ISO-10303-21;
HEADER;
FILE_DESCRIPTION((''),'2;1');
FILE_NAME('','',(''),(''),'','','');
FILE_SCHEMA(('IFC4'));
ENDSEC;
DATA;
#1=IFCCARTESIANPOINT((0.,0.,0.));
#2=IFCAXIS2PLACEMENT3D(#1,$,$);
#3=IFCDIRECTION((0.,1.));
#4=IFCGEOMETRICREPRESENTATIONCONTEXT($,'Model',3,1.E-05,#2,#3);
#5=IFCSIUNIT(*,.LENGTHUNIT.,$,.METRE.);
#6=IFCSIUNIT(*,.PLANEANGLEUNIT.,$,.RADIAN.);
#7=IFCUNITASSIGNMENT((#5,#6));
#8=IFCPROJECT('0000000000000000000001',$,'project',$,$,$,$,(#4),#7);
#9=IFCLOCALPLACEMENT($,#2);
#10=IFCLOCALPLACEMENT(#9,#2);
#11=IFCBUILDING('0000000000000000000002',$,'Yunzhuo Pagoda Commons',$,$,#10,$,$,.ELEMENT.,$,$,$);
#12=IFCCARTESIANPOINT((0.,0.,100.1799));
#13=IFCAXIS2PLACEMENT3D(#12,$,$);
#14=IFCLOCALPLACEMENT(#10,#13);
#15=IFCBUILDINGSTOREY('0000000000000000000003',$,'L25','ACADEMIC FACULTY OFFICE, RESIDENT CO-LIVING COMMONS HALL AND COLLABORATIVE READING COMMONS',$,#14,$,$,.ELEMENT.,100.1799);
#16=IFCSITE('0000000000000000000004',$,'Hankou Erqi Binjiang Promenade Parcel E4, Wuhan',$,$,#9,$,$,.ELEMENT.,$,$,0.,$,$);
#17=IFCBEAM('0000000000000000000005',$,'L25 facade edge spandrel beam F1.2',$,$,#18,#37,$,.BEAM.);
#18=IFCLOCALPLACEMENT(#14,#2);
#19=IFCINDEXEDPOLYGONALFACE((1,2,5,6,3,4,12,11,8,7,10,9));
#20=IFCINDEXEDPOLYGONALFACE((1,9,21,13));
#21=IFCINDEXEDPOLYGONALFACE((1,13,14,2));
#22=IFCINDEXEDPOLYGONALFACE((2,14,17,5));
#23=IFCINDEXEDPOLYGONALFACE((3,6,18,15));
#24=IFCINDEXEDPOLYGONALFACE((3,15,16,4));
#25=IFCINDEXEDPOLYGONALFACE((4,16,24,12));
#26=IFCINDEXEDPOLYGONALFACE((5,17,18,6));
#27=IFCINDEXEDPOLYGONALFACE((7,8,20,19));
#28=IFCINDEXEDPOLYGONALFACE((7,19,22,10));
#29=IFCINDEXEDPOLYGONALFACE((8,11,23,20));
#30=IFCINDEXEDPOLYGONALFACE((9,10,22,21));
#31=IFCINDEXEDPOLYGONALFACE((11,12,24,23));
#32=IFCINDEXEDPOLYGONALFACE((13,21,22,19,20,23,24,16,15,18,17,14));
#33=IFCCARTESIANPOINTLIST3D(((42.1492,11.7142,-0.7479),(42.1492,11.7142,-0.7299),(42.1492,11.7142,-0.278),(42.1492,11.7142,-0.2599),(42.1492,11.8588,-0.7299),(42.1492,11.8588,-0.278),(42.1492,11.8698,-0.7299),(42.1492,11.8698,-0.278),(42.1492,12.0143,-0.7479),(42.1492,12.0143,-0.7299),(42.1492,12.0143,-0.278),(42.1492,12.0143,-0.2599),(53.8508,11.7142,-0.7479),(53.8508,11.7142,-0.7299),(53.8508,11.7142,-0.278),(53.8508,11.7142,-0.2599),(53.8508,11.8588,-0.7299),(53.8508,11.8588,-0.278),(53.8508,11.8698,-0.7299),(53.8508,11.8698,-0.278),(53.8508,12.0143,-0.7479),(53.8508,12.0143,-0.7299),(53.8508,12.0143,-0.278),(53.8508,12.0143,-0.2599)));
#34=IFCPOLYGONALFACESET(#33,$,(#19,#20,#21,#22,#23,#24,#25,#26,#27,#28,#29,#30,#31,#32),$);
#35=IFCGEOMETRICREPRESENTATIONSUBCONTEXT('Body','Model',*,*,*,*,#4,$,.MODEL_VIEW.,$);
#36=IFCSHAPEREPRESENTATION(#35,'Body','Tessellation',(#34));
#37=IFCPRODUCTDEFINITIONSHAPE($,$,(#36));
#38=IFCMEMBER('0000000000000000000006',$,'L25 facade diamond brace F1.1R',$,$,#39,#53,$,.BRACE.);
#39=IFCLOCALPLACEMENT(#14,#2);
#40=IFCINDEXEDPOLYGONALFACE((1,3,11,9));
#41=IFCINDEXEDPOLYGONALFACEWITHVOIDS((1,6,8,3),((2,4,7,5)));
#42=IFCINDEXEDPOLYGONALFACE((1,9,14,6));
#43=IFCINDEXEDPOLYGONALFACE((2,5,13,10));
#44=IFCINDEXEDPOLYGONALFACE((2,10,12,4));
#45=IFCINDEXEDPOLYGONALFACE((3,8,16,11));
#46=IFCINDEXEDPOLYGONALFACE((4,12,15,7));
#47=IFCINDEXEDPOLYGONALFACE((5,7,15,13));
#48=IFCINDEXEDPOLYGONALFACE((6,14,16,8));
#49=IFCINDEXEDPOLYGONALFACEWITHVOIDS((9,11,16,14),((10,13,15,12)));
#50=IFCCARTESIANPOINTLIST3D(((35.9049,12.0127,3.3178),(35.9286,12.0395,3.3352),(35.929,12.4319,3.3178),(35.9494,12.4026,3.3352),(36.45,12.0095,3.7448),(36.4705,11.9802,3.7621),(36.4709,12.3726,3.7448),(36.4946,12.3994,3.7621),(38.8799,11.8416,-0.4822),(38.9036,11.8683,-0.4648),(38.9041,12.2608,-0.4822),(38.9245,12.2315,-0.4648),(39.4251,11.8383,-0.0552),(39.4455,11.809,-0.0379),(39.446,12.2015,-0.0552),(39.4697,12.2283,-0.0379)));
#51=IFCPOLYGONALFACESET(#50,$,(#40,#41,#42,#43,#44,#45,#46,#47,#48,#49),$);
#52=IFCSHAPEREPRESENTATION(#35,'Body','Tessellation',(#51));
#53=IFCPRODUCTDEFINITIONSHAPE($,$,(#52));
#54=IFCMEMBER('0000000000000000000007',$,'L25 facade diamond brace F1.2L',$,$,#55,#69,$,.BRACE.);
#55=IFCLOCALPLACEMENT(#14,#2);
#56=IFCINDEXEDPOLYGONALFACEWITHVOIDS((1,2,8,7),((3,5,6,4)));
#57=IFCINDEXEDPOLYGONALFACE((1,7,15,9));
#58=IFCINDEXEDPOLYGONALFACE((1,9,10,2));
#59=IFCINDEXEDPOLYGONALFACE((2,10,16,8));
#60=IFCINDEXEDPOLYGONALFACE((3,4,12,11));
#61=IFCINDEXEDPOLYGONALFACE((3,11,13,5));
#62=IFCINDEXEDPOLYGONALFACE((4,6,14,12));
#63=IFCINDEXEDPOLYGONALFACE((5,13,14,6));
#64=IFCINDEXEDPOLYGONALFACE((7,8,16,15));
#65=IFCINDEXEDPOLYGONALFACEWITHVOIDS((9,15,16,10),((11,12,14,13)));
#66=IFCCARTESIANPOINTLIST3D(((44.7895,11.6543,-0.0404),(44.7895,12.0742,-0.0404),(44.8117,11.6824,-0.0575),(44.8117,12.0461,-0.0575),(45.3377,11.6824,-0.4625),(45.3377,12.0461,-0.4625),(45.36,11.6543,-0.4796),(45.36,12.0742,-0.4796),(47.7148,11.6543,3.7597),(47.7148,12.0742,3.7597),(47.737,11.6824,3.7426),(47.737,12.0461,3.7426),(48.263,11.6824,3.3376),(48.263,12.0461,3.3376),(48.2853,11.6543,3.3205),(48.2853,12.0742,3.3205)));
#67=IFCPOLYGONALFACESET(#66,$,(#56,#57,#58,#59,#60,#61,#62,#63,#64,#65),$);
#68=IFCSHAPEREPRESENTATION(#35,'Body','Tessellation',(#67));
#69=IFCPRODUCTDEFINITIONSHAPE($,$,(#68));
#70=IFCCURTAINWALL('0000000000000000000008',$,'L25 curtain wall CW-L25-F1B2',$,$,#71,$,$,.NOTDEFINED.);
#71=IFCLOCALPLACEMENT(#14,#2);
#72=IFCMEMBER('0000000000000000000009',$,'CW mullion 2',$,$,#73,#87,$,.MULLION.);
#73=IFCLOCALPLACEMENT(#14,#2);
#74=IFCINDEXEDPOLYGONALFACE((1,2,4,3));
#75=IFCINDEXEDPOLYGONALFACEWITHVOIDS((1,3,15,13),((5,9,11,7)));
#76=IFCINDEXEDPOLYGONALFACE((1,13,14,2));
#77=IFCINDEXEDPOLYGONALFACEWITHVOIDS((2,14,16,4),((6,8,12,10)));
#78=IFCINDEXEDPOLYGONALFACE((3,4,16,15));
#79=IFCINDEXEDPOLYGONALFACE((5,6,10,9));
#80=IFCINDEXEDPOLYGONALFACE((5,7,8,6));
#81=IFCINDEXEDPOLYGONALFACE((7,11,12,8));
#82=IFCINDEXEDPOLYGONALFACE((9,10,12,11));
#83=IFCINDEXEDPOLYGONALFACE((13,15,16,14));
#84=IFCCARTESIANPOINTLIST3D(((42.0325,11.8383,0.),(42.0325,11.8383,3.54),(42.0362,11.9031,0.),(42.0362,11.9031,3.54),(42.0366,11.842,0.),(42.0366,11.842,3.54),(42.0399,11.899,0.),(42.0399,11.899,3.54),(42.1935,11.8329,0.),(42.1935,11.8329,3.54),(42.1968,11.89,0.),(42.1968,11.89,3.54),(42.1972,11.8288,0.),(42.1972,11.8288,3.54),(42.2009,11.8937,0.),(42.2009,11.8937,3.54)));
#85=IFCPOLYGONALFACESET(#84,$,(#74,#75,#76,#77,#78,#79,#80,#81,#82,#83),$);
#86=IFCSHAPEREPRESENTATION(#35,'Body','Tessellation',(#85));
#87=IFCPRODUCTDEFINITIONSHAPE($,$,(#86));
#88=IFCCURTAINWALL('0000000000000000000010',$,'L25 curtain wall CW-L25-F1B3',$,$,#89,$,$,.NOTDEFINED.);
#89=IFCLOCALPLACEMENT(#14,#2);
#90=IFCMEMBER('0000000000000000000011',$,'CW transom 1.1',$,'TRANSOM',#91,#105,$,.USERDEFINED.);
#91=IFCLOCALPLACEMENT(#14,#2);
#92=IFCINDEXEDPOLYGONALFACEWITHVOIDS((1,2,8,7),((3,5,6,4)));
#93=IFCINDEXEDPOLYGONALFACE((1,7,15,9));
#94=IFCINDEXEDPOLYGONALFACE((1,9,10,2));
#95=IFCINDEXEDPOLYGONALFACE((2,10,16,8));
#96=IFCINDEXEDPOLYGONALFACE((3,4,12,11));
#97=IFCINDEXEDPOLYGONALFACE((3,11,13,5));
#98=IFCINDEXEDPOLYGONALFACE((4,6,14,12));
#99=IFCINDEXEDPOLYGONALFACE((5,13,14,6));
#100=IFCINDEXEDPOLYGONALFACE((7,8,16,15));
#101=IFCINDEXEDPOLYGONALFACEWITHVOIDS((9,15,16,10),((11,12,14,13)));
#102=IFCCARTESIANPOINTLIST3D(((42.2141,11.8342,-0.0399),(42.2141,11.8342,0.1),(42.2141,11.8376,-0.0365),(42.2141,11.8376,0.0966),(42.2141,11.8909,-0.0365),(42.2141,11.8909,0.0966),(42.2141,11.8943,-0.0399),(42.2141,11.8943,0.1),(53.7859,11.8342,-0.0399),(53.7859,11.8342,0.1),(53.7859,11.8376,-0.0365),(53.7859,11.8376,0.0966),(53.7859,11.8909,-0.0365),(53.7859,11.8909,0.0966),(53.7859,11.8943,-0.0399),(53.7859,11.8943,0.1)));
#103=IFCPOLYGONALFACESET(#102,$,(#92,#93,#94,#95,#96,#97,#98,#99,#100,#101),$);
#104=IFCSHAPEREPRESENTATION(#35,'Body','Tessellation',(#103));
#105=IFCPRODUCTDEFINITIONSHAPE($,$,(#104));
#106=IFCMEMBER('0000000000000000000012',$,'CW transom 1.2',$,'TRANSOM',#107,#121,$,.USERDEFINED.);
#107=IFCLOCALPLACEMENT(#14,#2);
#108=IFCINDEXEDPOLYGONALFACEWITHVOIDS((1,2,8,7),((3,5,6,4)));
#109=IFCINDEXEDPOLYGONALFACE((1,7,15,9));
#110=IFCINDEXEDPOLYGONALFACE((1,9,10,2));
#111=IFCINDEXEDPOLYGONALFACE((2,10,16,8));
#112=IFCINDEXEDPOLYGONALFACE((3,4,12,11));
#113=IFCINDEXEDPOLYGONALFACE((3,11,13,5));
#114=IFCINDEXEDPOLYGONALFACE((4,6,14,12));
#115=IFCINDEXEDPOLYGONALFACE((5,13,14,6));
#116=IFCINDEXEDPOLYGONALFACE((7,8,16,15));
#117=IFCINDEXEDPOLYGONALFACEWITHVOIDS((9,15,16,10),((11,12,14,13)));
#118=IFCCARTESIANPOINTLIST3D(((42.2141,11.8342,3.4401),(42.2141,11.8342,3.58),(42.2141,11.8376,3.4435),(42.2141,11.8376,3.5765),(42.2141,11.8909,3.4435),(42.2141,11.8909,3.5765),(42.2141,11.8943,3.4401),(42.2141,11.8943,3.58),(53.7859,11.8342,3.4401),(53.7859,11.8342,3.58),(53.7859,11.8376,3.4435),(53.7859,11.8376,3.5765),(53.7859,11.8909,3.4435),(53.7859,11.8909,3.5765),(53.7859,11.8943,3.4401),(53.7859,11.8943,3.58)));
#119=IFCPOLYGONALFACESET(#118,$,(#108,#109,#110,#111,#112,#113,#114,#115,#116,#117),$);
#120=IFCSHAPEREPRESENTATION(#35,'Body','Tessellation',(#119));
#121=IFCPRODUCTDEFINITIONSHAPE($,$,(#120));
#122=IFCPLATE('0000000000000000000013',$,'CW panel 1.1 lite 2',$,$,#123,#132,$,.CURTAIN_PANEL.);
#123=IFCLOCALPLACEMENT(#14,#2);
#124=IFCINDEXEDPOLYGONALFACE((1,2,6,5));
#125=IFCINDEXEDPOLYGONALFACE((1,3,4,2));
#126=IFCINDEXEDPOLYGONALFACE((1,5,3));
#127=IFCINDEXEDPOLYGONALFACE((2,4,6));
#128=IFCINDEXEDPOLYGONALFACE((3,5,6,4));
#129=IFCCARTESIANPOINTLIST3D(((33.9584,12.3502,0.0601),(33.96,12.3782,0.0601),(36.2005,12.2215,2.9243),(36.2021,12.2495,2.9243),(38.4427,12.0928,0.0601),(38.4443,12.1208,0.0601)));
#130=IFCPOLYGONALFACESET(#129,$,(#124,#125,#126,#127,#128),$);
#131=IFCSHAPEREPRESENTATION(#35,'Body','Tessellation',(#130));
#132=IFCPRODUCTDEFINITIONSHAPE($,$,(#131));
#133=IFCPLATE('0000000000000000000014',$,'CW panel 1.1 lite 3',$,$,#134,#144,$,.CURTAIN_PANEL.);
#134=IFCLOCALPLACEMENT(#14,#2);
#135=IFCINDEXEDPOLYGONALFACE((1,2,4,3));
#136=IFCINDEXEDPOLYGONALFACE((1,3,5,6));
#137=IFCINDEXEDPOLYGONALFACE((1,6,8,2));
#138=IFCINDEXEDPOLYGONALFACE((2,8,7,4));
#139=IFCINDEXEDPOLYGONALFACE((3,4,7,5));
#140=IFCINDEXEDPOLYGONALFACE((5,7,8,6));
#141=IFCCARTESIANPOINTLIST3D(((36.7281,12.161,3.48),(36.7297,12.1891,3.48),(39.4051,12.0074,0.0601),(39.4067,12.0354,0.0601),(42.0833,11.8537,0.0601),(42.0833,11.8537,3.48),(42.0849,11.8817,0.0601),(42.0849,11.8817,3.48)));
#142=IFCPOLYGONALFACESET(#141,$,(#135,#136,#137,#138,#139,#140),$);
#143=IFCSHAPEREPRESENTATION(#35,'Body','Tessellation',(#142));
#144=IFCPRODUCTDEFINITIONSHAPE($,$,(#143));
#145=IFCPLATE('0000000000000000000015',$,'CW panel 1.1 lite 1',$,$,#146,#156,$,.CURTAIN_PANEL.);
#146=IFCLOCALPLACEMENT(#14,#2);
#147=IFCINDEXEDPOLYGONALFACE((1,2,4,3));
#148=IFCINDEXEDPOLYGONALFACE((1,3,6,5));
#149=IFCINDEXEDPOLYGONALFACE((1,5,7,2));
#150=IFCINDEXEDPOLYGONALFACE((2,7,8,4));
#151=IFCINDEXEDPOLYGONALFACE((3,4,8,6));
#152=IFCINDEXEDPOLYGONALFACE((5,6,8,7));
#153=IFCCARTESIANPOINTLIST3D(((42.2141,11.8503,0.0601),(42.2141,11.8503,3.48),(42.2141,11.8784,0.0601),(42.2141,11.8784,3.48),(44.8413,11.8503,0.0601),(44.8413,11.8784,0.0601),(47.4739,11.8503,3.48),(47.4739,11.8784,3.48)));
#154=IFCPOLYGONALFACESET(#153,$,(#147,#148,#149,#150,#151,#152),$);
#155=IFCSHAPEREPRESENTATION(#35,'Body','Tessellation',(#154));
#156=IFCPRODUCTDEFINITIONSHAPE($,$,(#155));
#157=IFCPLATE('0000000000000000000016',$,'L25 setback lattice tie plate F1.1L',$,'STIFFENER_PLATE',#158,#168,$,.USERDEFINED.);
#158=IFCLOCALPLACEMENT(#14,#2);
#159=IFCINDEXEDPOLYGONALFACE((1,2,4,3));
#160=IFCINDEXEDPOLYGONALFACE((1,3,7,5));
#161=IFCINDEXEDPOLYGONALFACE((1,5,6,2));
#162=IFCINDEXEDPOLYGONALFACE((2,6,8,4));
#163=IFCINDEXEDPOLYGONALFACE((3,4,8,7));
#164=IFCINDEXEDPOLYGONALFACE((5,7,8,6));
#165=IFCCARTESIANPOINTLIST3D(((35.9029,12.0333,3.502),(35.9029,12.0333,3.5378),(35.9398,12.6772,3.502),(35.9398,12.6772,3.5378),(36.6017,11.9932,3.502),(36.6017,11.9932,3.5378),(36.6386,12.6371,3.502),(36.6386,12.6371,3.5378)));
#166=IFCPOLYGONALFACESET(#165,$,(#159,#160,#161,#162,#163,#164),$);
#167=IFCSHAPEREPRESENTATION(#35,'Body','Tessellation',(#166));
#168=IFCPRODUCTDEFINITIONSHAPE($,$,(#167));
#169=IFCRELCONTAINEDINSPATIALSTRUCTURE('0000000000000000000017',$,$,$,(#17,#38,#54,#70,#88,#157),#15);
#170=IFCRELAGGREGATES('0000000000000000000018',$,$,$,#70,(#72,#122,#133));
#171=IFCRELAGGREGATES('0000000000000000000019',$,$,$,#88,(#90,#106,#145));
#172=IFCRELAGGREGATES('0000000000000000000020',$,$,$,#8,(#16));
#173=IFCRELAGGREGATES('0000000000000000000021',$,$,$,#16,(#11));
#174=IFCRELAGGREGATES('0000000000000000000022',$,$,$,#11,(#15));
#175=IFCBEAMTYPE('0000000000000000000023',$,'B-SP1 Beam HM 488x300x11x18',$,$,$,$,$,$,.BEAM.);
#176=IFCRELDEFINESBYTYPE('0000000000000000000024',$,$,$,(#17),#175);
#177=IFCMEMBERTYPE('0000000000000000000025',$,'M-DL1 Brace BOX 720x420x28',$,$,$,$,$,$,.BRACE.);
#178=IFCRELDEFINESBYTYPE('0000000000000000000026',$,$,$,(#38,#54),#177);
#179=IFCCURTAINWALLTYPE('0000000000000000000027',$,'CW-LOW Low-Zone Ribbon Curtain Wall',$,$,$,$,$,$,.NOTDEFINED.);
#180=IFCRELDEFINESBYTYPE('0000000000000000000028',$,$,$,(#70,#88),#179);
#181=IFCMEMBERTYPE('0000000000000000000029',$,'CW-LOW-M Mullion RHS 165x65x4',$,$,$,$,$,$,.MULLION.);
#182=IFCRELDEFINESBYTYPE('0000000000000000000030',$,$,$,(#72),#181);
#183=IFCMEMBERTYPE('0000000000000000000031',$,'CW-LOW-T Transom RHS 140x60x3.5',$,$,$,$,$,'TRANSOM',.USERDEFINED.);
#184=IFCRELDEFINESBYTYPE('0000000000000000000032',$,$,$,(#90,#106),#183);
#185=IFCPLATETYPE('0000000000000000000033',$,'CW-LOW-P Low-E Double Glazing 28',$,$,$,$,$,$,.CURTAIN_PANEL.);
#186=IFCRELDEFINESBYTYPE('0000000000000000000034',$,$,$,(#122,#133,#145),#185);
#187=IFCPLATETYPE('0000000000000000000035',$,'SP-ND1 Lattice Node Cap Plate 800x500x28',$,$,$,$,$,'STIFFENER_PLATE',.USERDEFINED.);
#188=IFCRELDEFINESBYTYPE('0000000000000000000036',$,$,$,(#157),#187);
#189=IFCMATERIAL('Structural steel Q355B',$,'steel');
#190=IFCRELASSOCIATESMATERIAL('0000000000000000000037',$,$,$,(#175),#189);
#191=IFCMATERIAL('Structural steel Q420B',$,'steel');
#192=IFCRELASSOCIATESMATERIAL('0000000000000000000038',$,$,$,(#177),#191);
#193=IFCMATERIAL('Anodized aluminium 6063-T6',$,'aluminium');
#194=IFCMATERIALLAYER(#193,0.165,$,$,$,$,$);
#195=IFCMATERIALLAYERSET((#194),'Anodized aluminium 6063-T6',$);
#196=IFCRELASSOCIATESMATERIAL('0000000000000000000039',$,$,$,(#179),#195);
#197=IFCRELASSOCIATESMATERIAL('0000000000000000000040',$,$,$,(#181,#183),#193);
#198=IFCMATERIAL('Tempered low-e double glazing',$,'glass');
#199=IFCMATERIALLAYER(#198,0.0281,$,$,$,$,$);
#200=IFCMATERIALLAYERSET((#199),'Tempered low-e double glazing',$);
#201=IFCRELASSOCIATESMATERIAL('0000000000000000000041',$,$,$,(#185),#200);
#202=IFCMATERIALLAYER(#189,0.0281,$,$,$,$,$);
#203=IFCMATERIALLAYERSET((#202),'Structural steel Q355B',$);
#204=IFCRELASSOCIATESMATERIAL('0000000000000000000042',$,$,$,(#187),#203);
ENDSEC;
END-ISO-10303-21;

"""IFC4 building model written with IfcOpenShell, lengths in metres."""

from ifc_helpers import new_model, si_unit, direction, frame, origin, origin_2d, place, context, subcontext, project, spatial, polyline, rectangle, hollow_rectangle, i_section, outline, extrude, source, transform, mapped, material, layer, layer_set, material_profile, profile_set, type_object, element, aggregate, save


model = new_model("IFC4")

# Units and contexts
model_context = context("Model", 3, precision=1e-05, world=origin(), true_north=direction((0.0, 1.0)))
body_context = subcontext(model_context, "Body", "Model", "MODEL_VIEW")
ifc_project = project(units=[si_unit("LENGTHUNIT", "METRE"), si_unit("PLANEANGLEUNIT", "RADIAN")], contexts=[model_context])

# Site, building, storey
site_placement = place(None, origin())
site = spatial("IfcSite", under=ifc_project, at=site_placement, Name="Hankou Erqi Binjiang Promenade Parcel E4, Wuhan", CompositionType="ELEMENT", RefElevation=0.0)
building_placement = place(site_placement, origin())
building = spatial("IfcBuilding", under=site, at=building_placement, Name="Yunzhuo Pagoda Commons", CompositionType="ELEMENT")
storey_placement = place(building_placement, frame((0.0, 0.0, 100.1799)))
storey = spatial("IfcBuildingStorey", under=building, at=storey_placement, Name="L25", Description="ACADEMIC FACULTY OFFICE, RESIDENT CO-LIVING COMMONS HALL AND COLLABORATIVE READING COMMONS", CompositionType="ELEMENT", Elevation=100.1799)

# Shared definitions
ifc_material_1 = material(Name="Structural steel Q420B", Category="steel")

# Beam
ifc_material_2 = material(Name="Structural steel Q355B", Category="steel")
ifc_material_profile_1 = material_profile(ifc_material_2, i_section(OverallWidth=0.3, OverallDepth=0.488, WebThickness=0.011, FlangeThickness=0.0181, at=origin_2d()), Name="Structural steel Q355B")
ifc_profile_set_1 = profile_set([ifc_material_profile_1], Name="Structural steel Q355B")
beam_type_1 = type_object("IfcBeamType", Name="B-SP1 Beam HM 488x300x11x18", PredefinedType="BEAM", material=ifc_profile_set_1)
shared_shape_1 = source(origin(), body_context, "Body", "SweptSolid", [
    extrude(i_section(OverallWidth=0.3, OverallDepth=0.488, WebThickness=0.011, FlangeThickness=0.0181, at=origin_2d()), origin(), (0.0, 0.0, 1.0), 11.7017),
])
beam_1_placement = place(storey_placement, frame((42.1492, 11.8643, -0.5039), z_axis=(1.0, 0.0, 0.0), x_axis=(0.0, 1.0, 0.0)))
element("IfcBeam", 1, at=beam_1_placement, inside=storey, type_object=beam_type_1, Name="L25 facade edge spandrel beam F1.2", PredefinedType="BEAM", context=body_context, shape_type="MappedRepresentation", body=[
    mapped(shared_shape_1, transform((0.0, 0.0, 0.0), scale=1.0)),
])

# Members
ifc_material_profile_2 = material_profile(ifc_material_1, hollow_rectangle(XDim=0.4199, YDim=0.72, WallThickness=0.0281, at=origin_2d()), Name="Structural steel Q420B")
ifc_profile_set_2 = profile_set([ifc_material_profile_2], Name="Structural steel Q420B")
member_type_1 = type_object("IfcMemberType", Name="M-DL1 Brace BOX 720x420x28", PredefinedType="BRACE", material=ifc_profile_set_2)
shared_shape_2 = source(origin(), body_context, "Body", "SweptSolid", [
    extrude(hollow_rectangle(XDim=0.4199, YDim=0.72, WallThickness=0.0281, at=origin_2d()), origin(), (0.0, 0.0, 1.0), 4.8291),
])
member_1_placement = place(storey_placement, frame((39.1748, 12.0349, -0.26), z_axis=(-0.616068, 0.035439, 0.786895), x_axis=(-0.05743, -0.99835, 0.0)))
element("IfcMember", 2, at=member_1_placement, inside=storey, type_object=member_type_1, Name="L25 facade diamond brace F1.1R", PredefinedType="BRACE", context=body_context, shape_type="MappedRepresentation", body=[
    mapped(shared_shape_2, transform((0.0, 0.0, 0.0), scale=1.0)),
])
shared_shape_3 = source(origin(), body_context, "Body", "SweptSolid", [
    extrude(hollow_rectangle(XDim=0.4199, YDim=0.72, WallThickness=0.0281, at=origin_2d()), origin(), (0.0, 0.0, 1.0), 4.7957),
])
member_2_placement = place(storey_placement, frame((45.0747, 11.8643, -0.26), z_axis=(0.609996, 0.0, 0.792404), x_axis=(0.0, 1.0, 0.0)))
element("IfcMember", 3, at=member_2_placement, inside=storey, type_object=member_type_1, Name="L25 facade diamond brace F1.2L", PredefinedType="BRACE", context=body_context, shape_type="MappedRepresentation", body=[
    mapped(shared_shape_3, transform((0.0, 0.0, 0.0), scale=1.0)),
])

# Curtain wall, member
ifc_material_3 = material(Name="Anodized aluminium 6063-T6", Category="aluminium")
ifc_layer_1 = layer(ifc_material_3, 0.165)
ifc_layer_set_1 = layer_set([ifc_layer_1], Name="Anodized aluminium 6063-T6")
curtain_wall_type = type_object("IfcCurtainWallType", Name="CW-LOW Low-Zone Ribbon Curtain Wall", PredefinedType="NOTDEFINED", material=ifc_layer_set_1)
curtain_wall_1_placement = place(storey_placement, origin())
curtain_wall_1 = element("IfcCurtainWall", 4, at=curtain_wall_1_placement, inside=storey, type_object=curtain_wall_type, Name="L25 curtain wall CW-L25-F1B2", PredefinedType="NOTDEFINED")
ifc_material_profile_3 = material_profile(ifc_material_3, hollow_rectangle(XDim=0.0649, YDim=0.165, WallThickness=0.0039, at=origin_2d()), Name="Anodized aluminium 6063-T6")
ifc_profile_set_3 = profile_set([ifc_material_profile_3], Name="Anodized aluminium 6063-T6")
member_type_2 = type_object("IfcMemberType", Name="CW-LOW-M Mullion RHS 165x65x4", PredefinedType="MULLION", material=ifc_profile_set_3)
shared_shape_4 = source(origin(), body_context, "Body", "SweptSolid", [
    extrude(hollow_rectangle(XDim=0.0649, YDim=0.165, WallThickness=0.0039, at=origin_2d()), origin(), (0.0, 0.0, 1.0), 3.54),
])
member_3_placement = place(storey_placement, frame((42.1167, 11.866, 0.0), z_axis=(0.0, 0.0, 1.0), x_axis=(0.057299, 0.998357, 0.0)))
member_3 = element("IfcMember", 5, at=member_3_placement, type_object=member_type_2, Name="CW mullion 2", PredefinedType="MULLION", context=body_context, shape_type="MappedRepresentation", body=[
    mapped(shared_shape_4, transform((0.0, 0.0, 0.0), scale=1.0)),
])

# Curtain wall, members
curtain_wall_2_placement = place(storey_placement, origin())
curtain_wall_2 = element("IfcCurtainWall", 6, at=curtain_wall_2_placement, inside=storey, type_object=curtain_wall_type, Name="L25 curtain wall CW-L25-F1B3", PredefinedType="NOTDEFINED")
ifc_material_profile_4 = material_profile(ifc_material_3, hollow_rectangle(XDim=0.0601, YDim=0.1399, WallThickness=0.0034, at=origin_2d()), Name="Anodized aluminium 6063-T6")
ifc_profile_set_4 = profile_set([ifc_material_profile_4], Name="Anodized aluminium 6063-T6")
member_type_3 = type_object("IfcMemberType", Name="CW-LOW-T Transom RHS 140x60x3.5", ElementType="TRANSOM", PredefinedType="USERDEFINED", material=ifc_profile_set_4)
shared_shape_5 = source(origin(), body_context, "Body", "SweptSolid", [
    extrude(hollow_rectangle(XDim=0.0601, YDim=0.1399, WallThickness=0.0034, at=origin_2d()), origin(), (0.0, 0.0, 1.0), 11.5718),
])
member_4_placement = place(storey_placement, frame((42.2141, 11.8643, 0.03), z_axis=(1.0, 0.0, 0.0), x_axis=(0.0, 1.0, 0.0)))
member_4 = element("IfcMember", 7, at=member_4_placement, type_object=member_type_3, Name="CW transom 1.1", ObjectType="TRANSOM", PredefinedType="USERDEFINED", context=body_context, shape_type="MappedRepresentation", body=[
    mapped(shared_shape_5, transform((0.0, 0.0, 0.0), scale=1.0)),
])
member_5_placement = place(storey_placement, frame((42.2141, 11.8643, 3.51), z_axis=(1.0, 0.0, 0.0), x_axis=(0.0, 1.0, 0.0)))
member_5 = element("IfcMember", 8, at=member_5_placement, type_object=member_type_3, Name="CW transom 1.2", ObjectType="TRANSOM", PredefinedType="USERDEFINED", context=body_context, shape_type="MappedRepresentation", body=[
    mapped(shared_shape_5, transform((0.0, 0.0, 0.0), scale=1.0)),
])

# Plates
ifc_material_4 = material(Name="Tempered low-e double glazing", Category="glass")
ifc_layer_2 = layer(ifc_material_4, 0.0281)
ifc_layer_set_2 = layer_set([ifc_layer_2], Name="Tempered low-e double glazing")
plate_type_1 = type_object("IfcPlateType", Name="CW-LOW-P Low-E Double Glazing 28", PredefinedType="CURTAIN_PANEL", material=ifc_layer_set_2)
plate_1_placement = place(storey_placement, frame((36.2021, 12.2495, 1.4922), z_axis=(-0.057299, -0.998357, 0.0), x_axis=(0.998357, -0.057299, 0.0)))
plate_1 = element("IfcPlate", 9, at=plate_1_placement, type_object=plate_type_1, Name="CW panel 1.1 lite 2", PredefinedType="CURTAIN_PANEL", context=body_context, shape_type="SweptSolid", body=[
    extrude(outline(polyline([(-2.2458, -1.4321), (2.2458, -1.4321), (0.0, 1.4321), (-2.2458, -1.4321)])), origin(), (0.0, 0.0, 1.0), 0.0281),
])
plate_2_placement = place(storey_placement, frame((39.4072, 12.0354, 1.77), z_axis=(-0.057299, -0.998357, 0.0), x_axis=(0.998357, -0.057299, 0.0)))
plate_2 = element("IfcPlate", 10, at=plate_2_placement, type_object=plate_type_1, Name="CW panel 1.1 lite 3", PredefinedType="CURTAIN_PANEL", context=body_context, shape_type="SweptSolid", body=[
    extrude(outline(polyline([(-2.6819, 1.71), (-0.0005, -1.71), (2.6821, -1.71), (2.6821, 1.71), (-2.6819, 1.71)])), origin(), (0.0, 0.0, 1.0), 0.0281),
])
aggregate(curtain_wall_1, [member_3, plate_1, plate_2])
plate_3_placement = place(storey_placement, frame((44.844, 11.8784, 1.77), z_axis=(0.0, -1.0, 0.0), x_axis=(1.0, 0.0, 0.0)))
plate_3 = element("IfcPlate", 11, at=plate_3_placement, type_object=plate_type_1, Name="CW panel 1.1 lite 1", PredefinedType="CURTAIN_PANEL", context=body_context, shape_type="SweptSolid", body=[
    extrude(outline(polyline([(-2.6299, -1.71), (-0.0027, -1.71), (2.6299, 1.71), (-2.6299, 1.71), (-2.6299, -1.71)])), origin(), (0.0, 0.0, 1.0), 0.0281),
])
aggregate(curtain_wall_2, [member_4, member_5, plate_3])
ifc_layer_3 = layer(ifc_material_2, 0.0281)
ifc_layer_set_3 = layer_set([ifc_layer_3], Name="Structural steel Q355B")
plate_type_2 = type_object("IfcPlateType", Name="SP-ND1 Lattice Node Cap Plate 800x500x28", ElementType="STIFFENER_PLATE", PredefinedType="USERDEFINED", material=ifc_layer_set_3)
shared_shape_6 = source(origin(), body_context, "Body", "SweptSolid", [
    extrude(rectangle(XDim=0.7, YDim=0.645, at=origin_2d()), origin(), (0.0, 0.0, 1.0), 0.0359),
])
plate_4_placement = place(storey_placement, frame((36.2708, 12.3352, 3.502), z_axis=(0.0, 0.0, 1.0), x_axis=(0.998357, -0.057303, 0.0)))
element("IfcPlate", 12, at=plate_4_placement, inside=storey, type_object=plate_type_2, Name="L25 setback lattice tie plate F1.1L", ObjectType="STIFFENER_PLATE", PredefinedType="USERDEFINED", context=body_context, shape_type="MappedRepresentation", body=[
    mapped(shared_shape_6, transform((0.0, 0.0, 0.0), scale=1.0)),
])

save(model, "model.ifc")
